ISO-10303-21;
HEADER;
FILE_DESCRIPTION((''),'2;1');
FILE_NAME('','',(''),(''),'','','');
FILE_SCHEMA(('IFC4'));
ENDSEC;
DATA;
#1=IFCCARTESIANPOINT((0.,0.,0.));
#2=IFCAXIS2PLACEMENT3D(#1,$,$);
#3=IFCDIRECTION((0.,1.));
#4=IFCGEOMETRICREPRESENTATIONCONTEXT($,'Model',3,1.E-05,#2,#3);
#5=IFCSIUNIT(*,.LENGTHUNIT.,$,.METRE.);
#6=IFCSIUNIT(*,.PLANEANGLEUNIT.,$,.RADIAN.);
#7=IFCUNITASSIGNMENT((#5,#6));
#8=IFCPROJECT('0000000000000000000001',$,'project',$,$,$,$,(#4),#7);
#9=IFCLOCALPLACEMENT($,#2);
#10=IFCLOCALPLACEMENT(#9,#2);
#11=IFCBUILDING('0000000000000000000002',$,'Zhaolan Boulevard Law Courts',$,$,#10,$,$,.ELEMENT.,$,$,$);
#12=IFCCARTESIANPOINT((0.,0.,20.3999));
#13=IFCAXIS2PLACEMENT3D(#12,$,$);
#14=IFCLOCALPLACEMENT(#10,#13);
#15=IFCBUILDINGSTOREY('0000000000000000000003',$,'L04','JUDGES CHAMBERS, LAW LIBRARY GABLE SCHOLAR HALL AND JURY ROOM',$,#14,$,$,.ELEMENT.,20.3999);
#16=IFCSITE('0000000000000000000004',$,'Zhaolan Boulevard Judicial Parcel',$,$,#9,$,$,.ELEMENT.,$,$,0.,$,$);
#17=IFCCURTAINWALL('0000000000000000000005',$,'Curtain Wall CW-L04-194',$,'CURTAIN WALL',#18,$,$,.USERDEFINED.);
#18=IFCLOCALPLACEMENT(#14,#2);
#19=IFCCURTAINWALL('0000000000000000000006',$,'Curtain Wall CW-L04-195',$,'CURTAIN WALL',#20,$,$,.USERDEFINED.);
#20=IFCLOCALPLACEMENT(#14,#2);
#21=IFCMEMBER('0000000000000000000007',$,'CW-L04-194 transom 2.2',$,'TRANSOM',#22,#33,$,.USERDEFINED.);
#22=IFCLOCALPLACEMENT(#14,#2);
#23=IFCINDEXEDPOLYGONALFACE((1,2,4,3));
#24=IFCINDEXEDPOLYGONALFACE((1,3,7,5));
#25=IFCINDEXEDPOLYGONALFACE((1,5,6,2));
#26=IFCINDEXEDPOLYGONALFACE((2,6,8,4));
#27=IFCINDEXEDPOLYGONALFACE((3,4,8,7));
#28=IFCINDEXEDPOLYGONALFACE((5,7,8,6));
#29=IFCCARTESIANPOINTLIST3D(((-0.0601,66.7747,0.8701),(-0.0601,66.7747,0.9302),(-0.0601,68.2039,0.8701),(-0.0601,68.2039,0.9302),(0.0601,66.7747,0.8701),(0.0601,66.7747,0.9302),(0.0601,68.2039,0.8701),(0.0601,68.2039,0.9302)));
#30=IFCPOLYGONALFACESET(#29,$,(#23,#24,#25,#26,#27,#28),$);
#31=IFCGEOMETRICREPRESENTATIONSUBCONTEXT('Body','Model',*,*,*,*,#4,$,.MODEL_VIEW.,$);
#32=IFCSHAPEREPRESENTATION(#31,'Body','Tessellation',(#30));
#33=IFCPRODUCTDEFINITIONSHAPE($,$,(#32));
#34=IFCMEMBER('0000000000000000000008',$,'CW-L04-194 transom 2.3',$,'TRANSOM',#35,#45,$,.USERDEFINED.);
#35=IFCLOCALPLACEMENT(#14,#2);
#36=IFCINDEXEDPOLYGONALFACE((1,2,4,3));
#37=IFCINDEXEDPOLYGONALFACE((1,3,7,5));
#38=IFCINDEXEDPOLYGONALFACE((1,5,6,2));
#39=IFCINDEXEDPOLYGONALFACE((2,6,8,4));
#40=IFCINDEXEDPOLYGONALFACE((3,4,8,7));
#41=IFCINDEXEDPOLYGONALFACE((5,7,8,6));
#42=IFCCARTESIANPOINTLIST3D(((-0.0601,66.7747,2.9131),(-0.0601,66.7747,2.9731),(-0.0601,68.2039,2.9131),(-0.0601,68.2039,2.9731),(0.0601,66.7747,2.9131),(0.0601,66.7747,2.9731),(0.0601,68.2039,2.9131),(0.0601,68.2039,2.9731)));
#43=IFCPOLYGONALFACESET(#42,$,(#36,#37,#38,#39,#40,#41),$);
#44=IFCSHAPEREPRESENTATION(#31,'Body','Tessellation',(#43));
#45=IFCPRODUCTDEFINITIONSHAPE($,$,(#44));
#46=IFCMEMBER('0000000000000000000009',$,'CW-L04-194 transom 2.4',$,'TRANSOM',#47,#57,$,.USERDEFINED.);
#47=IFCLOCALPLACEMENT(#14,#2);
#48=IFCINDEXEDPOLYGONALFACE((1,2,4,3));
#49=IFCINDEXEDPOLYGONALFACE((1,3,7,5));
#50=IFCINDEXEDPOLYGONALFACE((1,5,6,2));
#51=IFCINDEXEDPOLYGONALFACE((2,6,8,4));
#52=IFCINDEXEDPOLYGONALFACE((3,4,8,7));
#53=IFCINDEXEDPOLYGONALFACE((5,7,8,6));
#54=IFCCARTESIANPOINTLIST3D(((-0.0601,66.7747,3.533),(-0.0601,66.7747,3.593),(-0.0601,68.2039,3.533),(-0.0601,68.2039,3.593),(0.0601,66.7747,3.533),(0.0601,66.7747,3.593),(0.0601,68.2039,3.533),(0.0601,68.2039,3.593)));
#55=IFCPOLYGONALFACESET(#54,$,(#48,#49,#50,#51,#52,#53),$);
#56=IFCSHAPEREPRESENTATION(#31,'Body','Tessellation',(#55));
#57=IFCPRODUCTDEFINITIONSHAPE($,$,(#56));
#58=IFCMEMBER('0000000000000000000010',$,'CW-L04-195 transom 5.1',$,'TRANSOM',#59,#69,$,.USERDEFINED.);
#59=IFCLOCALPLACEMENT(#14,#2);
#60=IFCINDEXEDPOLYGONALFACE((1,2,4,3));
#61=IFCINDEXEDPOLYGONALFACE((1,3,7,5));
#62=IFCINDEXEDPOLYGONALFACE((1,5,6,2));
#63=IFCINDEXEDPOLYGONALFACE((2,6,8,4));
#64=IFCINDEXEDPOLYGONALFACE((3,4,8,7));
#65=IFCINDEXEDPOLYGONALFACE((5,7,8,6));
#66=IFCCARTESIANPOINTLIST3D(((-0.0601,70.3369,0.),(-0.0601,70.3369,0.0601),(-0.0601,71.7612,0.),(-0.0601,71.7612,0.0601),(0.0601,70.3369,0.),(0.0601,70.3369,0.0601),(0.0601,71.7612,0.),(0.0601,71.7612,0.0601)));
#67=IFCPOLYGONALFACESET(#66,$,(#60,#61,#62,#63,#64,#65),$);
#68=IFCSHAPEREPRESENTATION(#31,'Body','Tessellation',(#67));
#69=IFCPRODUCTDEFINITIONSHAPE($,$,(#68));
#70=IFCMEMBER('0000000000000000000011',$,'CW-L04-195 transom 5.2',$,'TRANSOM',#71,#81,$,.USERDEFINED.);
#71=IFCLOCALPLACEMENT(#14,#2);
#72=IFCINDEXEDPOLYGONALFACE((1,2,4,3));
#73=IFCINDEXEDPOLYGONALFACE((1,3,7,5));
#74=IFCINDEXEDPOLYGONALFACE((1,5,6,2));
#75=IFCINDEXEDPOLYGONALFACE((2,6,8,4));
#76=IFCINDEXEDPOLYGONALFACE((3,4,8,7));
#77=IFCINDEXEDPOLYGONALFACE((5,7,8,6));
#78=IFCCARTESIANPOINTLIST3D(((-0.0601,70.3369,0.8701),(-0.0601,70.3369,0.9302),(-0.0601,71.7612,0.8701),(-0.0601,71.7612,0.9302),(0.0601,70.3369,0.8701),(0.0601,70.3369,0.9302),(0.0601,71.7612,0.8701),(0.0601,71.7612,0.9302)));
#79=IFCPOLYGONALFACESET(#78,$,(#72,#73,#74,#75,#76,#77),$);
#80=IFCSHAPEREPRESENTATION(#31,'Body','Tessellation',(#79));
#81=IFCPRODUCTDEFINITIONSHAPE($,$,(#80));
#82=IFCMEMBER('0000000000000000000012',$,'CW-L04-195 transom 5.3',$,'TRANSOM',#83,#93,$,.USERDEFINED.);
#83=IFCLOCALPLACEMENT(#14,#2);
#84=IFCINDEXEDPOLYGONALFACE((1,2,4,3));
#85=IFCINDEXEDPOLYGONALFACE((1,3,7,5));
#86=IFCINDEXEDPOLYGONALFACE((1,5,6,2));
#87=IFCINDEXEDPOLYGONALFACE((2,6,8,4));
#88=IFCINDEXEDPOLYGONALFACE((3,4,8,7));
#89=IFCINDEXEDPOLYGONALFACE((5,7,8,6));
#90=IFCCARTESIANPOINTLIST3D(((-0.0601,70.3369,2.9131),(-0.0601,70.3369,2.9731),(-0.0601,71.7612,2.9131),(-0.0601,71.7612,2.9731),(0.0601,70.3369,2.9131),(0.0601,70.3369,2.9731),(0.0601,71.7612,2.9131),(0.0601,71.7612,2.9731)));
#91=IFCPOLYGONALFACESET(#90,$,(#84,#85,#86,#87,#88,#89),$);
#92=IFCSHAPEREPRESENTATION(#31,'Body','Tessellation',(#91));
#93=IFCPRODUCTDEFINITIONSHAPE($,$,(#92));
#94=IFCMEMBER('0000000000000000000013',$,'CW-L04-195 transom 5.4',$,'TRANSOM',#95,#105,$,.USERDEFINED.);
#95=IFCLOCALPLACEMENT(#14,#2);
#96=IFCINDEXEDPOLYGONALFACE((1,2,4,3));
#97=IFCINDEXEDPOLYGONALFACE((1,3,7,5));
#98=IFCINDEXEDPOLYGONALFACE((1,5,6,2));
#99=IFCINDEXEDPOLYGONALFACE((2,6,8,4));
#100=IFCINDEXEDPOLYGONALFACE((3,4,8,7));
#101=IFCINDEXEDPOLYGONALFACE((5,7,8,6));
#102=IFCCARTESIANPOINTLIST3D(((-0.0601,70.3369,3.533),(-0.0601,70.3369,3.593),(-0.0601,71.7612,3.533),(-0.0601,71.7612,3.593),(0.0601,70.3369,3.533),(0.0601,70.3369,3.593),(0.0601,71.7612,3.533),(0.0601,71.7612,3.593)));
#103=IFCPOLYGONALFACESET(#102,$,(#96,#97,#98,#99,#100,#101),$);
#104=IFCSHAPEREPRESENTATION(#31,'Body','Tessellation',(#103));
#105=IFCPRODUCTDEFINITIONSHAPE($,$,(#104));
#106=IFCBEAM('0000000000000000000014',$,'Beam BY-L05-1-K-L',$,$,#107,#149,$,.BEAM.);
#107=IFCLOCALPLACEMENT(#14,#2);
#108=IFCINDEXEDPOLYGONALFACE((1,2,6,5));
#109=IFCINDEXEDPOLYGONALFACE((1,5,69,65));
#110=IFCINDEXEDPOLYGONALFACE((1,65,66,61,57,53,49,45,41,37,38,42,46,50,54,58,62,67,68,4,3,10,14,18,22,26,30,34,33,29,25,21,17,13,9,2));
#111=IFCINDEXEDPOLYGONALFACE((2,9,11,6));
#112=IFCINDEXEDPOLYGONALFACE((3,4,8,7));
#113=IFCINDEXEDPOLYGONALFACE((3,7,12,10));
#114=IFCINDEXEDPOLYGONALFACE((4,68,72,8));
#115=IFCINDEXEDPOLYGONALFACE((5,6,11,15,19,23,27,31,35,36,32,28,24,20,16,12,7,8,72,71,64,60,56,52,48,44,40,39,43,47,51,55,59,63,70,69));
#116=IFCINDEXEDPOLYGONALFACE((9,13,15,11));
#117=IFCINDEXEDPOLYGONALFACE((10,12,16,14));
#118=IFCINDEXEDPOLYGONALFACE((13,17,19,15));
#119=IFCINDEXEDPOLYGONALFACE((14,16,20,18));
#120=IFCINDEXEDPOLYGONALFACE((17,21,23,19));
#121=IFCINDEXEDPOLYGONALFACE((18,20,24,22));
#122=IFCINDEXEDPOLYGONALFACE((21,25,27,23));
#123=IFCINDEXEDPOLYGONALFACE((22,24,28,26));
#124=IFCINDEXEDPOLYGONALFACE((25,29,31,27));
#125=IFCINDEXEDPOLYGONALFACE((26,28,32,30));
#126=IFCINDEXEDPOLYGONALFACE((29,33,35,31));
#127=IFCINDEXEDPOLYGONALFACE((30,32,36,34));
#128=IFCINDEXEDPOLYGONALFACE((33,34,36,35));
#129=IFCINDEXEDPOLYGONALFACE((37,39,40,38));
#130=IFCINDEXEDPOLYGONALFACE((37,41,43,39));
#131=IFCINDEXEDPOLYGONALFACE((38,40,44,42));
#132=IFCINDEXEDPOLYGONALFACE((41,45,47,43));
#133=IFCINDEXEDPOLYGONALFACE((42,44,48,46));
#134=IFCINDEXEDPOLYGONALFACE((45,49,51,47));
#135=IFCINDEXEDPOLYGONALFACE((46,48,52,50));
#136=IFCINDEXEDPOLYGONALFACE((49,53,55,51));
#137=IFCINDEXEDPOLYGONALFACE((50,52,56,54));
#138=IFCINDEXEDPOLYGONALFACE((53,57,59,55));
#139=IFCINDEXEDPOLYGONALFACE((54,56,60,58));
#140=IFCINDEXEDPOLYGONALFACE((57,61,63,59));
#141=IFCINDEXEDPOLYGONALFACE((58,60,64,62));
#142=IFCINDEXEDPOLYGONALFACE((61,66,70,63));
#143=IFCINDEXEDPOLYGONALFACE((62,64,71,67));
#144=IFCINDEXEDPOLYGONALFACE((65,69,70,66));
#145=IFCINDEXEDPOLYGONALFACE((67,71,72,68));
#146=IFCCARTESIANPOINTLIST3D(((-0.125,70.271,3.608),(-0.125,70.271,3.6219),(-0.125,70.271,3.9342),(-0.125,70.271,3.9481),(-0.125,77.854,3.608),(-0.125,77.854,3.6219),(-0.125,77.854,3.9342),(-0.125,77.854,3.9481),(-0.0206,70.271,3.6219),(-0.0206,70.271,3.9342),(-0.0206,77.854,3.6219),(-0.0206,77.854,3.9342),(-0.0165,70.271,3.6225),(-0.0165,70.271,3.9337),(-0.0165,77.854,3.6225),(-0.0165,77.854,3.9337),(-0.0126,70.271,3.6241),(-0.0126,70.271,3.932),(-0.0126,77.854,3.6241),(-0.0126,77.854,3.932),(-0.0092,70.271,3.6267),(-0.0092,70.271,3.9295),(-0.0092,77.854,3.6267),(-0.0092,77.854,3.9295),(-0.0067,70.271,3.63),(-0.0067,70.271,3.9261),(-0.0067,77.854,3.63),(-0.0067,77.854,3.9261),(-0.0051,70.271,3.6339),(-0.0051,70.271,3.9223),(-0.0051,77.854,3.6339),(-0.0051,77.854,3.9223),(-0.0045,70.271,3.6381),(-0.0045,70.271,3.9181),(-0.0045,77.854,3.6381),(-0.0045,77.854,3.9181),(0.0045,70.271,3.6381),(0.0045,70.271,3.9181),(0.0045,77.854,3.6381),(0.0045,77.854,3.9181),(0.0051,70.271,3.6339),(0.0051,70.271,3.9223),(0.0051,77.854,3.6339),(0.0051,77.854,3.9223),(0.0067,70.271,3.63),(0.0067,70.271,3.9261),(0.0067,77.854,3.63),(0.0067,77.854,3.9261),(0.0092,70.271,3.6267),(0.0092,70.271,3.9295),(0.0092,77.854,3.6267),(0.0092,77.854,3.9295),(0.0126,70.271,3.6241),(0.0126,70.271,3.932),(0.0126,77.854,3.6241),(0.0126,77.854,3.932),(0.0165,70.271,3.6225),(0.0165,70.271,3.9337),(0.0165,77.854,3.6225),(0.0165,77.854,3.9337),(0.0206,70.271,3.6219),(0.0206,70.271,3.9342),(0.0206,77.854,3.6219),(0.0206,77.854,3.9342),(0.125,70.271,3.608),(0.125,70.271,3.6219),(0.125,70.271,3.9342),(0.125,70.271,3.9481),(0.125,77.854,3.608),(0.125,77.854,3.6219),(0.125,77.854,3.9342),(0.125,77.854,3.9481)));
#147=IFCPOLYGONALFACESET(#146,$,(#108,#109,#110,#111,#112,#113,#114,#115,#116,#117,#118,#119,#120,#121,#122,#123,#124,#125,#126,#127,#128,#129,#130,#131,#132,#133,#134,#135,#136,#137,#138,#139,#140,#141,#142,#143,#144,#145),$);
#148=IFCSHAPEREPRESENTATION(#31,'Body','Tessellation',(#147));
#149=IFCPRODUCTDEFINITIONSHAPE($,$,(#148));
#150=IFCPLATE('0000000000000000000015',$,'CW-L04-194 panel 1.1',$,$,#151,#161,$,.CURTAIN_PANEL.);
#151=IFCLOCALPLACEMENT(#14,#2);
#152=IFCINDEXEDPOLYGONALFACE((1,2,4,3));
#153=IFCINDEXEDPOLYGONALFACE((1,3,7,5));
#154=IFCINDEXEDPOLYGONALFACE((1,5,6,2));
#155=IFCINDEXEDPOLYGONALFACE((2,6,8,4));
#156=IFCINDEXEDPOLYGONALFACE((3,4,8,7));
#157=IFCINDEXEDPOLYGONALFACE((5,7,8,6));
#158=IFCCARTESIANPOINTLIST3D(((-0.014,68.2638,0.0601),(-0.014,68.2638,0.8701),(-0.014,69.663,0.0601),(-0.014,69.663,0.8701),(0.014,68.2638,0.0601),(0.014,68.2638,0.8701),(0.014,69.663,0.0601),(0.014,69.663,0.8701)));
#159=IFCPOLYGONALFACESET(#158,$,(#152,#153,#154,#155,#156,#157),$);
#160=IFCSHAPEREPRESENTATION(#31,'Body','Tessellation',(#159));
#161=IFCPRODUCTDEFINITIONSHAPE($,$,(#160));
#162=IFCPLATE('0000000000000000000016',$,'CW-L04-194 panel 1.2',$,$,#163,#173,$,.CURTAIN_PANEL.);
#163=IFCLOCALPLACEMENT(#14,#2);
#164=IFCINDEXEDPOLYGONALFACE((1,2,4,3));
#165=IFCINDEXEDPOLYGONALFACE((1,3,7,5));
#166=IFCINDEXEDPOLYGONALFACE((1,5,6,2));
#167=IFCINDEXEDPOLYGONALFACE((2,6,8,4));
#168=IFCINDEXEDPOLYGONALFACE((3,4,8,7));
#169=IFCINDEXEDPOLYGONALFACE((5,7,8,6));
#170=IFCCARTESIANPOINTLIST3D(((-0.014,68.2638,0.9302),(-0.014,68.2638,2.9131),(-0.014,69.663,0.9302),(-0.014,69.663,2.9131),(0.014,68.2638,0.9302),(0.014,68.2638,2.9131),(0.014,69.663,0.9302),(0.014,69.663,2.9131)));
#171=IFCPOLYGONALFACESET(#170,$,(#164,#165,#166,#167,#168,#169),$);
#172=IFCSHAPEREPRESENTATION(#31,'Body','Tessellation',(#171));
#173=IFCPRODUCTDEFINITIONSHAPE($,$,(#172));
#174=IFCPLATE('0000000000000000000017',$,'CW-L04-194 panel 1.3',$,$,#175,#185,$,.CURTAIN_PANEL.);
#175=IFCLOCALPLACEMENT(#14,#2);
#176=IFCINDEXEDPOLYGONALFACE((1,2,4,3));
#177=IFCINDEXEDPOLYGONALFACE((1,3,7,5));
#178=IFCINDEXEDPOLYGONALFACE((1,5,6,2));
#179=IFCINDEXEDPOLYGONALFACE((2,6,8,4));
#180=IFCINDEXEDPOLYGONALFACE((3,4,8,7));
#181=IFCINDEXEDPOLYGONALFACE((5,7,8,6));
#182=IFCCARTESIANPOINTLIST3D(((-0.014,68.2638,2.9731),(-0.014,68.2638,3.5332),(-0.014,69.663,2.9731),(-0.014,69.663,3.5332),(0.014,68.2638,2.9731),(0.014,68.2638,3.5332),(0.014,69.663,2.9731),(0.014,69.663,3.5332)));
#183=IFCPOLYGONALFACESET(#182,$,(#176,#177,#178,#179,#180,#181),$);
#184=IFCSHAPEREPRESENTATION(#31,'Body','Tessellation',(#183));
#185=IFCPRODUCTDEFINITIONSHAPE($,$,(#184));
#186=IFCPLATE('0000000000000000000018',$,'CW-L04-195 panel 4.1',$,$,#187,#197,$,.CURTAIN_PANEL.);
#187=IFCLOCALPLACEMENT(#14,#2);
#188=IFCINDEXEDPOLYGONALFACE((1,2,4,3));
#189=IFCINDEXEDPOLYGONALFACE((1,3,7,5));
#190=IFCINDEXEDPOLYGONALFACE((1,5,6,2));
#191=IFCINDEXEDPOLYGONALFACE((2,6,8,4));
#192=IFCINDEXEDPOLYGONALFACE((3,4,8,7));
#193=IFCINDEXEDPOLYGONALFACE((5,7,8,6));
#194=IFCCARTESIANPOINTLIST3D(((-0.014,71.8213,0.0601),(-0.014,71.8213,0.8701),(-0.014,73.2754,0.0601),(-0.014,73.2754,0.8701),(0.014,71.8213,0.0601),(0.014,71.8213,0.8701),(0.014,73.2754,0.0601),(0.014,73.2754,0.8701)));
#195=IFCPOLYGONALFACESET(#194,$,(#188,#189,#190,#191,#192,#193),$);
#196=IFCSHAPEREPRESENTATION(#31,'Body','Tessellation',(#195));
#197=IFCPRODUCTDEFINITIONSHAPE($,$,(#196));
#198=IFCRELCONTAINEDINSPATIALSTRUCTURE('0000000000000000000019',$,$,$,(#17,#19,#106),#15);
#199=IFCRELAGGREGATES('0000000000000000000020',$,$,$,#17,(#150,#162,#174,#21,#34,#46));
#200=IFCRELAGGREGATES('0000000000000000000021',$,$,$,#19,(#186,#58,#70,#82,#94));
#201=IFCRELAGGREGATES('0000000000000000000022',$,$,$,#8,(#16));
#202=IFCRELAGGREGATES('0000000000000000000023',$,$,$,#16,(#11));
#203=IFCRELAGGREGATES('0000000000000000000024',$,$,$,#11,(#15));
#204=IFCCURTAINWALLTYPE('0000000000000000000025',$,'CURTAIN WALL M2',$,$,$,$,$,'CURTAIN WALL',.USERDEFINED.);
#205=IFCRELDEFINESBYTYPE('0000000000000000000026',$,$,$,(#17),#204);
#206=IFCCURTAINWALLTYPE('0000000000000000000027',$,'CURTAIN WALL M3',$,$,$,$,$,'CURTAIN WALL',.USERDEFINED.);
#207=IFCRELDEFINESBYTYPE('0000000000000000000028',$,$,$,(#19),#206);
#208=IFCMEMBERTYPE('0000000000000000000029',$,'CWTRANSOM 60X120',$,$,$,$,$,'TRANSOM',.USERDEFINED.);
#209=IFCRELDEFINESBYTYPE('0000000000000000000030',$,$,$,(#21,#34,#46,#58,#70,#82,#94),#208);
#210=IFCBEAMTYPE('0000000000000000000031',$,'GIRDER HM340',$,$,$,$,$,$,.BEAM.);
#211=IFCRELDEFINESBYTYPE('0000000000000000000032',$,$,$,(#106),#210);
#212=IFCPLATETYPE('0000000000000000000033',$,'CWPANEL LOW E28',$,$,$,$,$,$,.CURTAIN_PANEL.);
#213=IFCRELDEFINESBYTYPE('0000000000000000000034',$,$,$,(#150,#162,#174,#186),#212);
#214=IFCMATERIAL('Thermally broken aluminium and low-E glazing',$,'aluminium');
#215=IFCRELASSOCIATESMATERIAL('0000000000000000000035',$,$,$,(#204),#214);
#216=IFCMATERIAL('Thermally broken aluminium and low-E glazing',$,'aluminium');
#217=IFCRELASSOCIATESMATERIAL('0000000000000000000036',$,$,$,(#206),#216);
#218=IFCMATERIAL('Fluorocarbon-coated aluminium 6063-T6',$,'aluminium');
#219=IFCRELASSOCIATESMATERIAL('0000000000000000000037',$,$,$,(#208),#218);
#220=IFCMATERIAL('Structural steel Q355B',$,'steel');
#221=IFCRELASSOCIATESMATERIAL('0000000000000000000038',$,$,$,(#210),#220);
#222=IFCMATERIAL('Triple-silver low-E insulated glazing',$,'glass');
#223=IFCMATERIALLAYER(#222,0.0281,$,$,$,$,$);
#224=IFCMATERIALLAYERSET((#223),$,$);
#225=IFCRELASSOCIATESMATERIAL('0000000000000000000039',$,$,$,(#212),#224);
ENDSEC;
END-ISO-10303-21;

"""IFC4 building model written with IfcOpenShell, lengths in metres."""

from ifc_helpers import new_model, si_unit, direction, frame, origin, origin_2d, place, context, subcontext, project, spatial, rectangle, i_section, extrude, material, layer, layer_set, material_profile, profile_set, type_object, element, aggregate, save


model = new_model("IFC4")

# Units and contexts
model_context = context("Model", 3, precision=1e-05, world=origin(), true_north=direction((0.0, 1.0)))
body_context = subcontext(model_context, "Body", "Model", "MODEL_VIEW")
ifc_project = project(units=[si_unit("LENGTHUNIT", "METRE"), si_unit("PLANEANGLEUNIT", "RADIAN")], contexts=[model_context])

# Site, building, storey
site_placement = place(None, origin())
site = spatial("IfcSite", under=ifc_project, at=site_placement, Name="Zhaolan Boulevard Judicial Parcel", CompositionType="ELEMENT", RefElevation=0.0)
building_placement = place(site_placement, origin())
building = spatial("IfcBuilding", under=site, at=building_placement, Name="Zhaolan Boulevard Law Courts", CompositionType="ELEMENT")
storey_placement = place(building_placement, frame((0.0, 0.0, 20.3999)))
storey = spatial("IfcBuildingStorey", under=building, at=storey_placement, Name="L04", Description="JUDGES CHAMBERS, LAW LIBRARY GABLE SCHOLAR HALL AND JURY ROOM", CompositionType="ELEMENT", Elevation=20.3999)

# Curtain walls
ifc_material_1 = material(Name="Thermally broken aluminium and low-E glazing", Category="aluminium")
curtain_wall_type_1 = type_object("IfcCurtainWallType", Name="CURTAIN WALL M2", ElementType="CURTAIN WALL", PredefinedType="USERDEFINED", material=ifc_material_1)
curtain_wall_1_placement = place(storey_placement, origin())
curtain_wall_1 = element("IfcCurtainWall", 1, at=curtain_wall_1_placement, inside=storey, type_object=curtain_wall_type_1, Name="Curtain Wall CW-L04-194", ObjectType="CURTAIN WALL", PredefinedType="USERDEFINED")
ifc_material_2 = material(Name="Thermally broken aluminium and low-E glazing", Category="aluminium")
curtain_wall_type_2 = type_object("IfcCurtainWallType", Name="CURTAIN WALL M3", ElementType="CURTAIN WALL", PredefinedType="USERDEFINED", material=ifc_material_2)
curtain_wall_2_placement = place(storey_placement, origin())
curtain_wall_2 = element("IfcCurtainWall", 2, at=curtain_wall_2_placement, inside=storey, type_object=curtain_wall_type_2, Name="Curtain Wall CW-L04-195", ObjectType="CURTAIN WALL", PredefinedType="USERDEFINED")

# Members
ifc_material_3 = material(Name="Fluorocarbon-coated aluminium 6063-T6", Category="aluminium")
ifc_material_profile_1 = material_profile(ifc_material_3, rectangle(XDim=0.1201, YDim=0.0601, at=origin_2d()), Name="AL60x120")
ifc_profile_set_1 = profile_set([ifc_material_profile_1], Name="Fluorocarbon-coated aluminium 6063-T6")
member_type_1 = type_object("IfcMemberType", Name="CWTRANSOM 60X120", ElementType="TRANSOM", PredefinedType="USERDEFINED", material=ifc_profile_set_1)
member_1_placement = place(storey_placement, frame((0.0, 68.2039, 0.9001), z_axis=(0.0, -1.0, 0.0), x_axis=(1.0, 0.0, 0.0)))
member_1 = element("IfcMember", 3, at=member_1_placement, type_object=member_type_1, Name="CW-L04-194 transom 2.2", ObjectType="TRANSOM", PredefinedType="USERDEFINED", context=body_context, shape_type="SweptSolid", body=[
    extrude(rectangle(XDim=0.1201, YDim=0.0601, at=origin_2d()), origin(), (0.0, 0.0, 1.0), 1.4292),
])
member_2_placement = place(storey_placement, frame((0.0, 68.2039, 2.9431), z_axis=(0.0, -1.0, 0.0), x_axis=(1.0, 0.0, 0.0)))
member_2 = element("IfcMember", 4, at=member_2_placement, type_object=member_type_1, Name="CW-L04-194 transom 2.3", ObjectType="TRANSOM", PredefinedType="USERDEFINED", context=body_context, shape_type="SweptSolid", body=[
    extrude(rectangle(XDim=0.1201, YDim=0.0601, at=origin_2d()), origin(), (0.0, 0.0, 1.0), 1.4292),
])
member_3_placement = place(storey_placement, frame((0.0, 68.2039, 3.563), z_axis=(0.0, -1.0, 0.0), x_axis=(1.0, 0.0, 0.0)))
member_3 = element("IfcMember", 5, at=member_3_placement, type_object=member_type_1, Name="CW-L04-194 transom 2.4", ObjectType="TRANSOM", PredefinedType="USERDEFINED", context=body_context, shape_type="SweptSolid", body=[
    extrude(rectangle(XDim=0.1201, YDim=0.0601, at=origin_2d()), origin(), (0.0, 0.0, 1.0), 1.4292),
])
member_4_placement = place(storey_placement, frame((0.0, 71.7612, 0.03), z_axis=(0.0, -1.0, 0.0), x_axis=(1.0, 0.0, 0.0)))
member_4 = element("IfcMember", 6, at=member_4_placement, type_object=member_type_1, Name="CW-L04-195 transom 5.1", ObjectType="TRANSOM", PredefinedType="USERDEFINED", context=body_context, shape_type="SweptSolid", body=[
    extrude(rectangle(XDim=0.1201, YDim=0.0601, at=origin_2d()), origin(), (0.0, 0.0, 1.0), 1.4243),
])
member_5_placement = place(storey_placement, frame((0.0, 71.7612, 0.9001), z_axis=(0.0, -1.0, 0.0), x_axis=(1.0, 0.0, 0.0)))
member_5 = element("IfcMember", 7, at=member_5_placement, type_object=member_type_1, Name="CW-L04-195 transom 5.2", ObjectType="TRANSOM", PredefinedType="USERDEFINED", context=body_context, shape_type="SweptSolid", body=[
    extrude(rectangle(XDim=0.1201, YDim=0.0601, at=origin_2d()), origin(), (0.0, 0.0, 1.0), 1.4243),
])
member_6_placement = place(storey_placement, frame((0.0, 71.7612, 2.9431), z_axis=(0.0, -1.0, 0.0), x_axis=(1.0, 0.0, 0.0)))
member_6 = element("IfcMember", 8, at=member_6_placement, type_object=member_type_1, Name="CW-L04-195 transom 5.3", ObjectType="TRANSOM", PredefinedType="USERDEFINED", context=body_context, shape_type="SweptSolid", body=[
    extrude(rectangle(XDim=0.1201, YDim=0.0601, at=origin_2d()), origin(), (0.0, 0.0, 1.0), 1.4243),
])
member_7_placement = place(storey_placement, frame((0.0, 71.7612, 3.563), z_axis=(0.0, -1.0, 0.0), x_axis=(1.0, 0.0, 0.0)))
member_7 = element("IfcMember", 9, at=member_7_placement, type_object=member_type_1, Name="CW-L04-195 transom 5.4", ObjectType="TRANSOM", PredefinedType="USERDEFINED", context=body_context, shape_type="SweptSolid", body=[
    extrude(rectangle(XDim=0.1201, YDim=0.0601, at=origin_2d()), origin(), (0.0, 0.0, 1.0), 1.4243),
])

# Beam
ifc_material_4 = material(Name="Structural steel Q355B", Category="steel")
ifc_material_profile_2 = material_profile(ifc_material_4, i_section(OverallWidth=0.25, OverallDepth=0.3401, WebThickness=0.009, FlangeThickness=0.0139, FilletRadius=0.0161, at=origin_2d()), Name="HM340x250")
ifc_profile_set_2 = profile_set([ifc_material_profile_2], Name="Structural steel Q355B")
beam_type = type_object("IfcBeamType", Name="GIRDER HM340", PredefinedType="BEAM", material=ifc_profile_set_2)
beam_placement = place(storey_placement, frame((0.0, 70.271, 3.7781), z_axis=(0.0, 1.0, 0.0), x_axis=(-1.0, 0.0, 0.0)))
element("IfcBeam", 10, at=beam_placement, inside=storey, type_object=beam_type, Name="Beam BY-L05-1-K-L", PredefinedType="BEAM", context=body_context, shape_type="SweptSolid", body=[
    extrude(i_section(OverallWidth=0.25, OverallDepth=0.3401, WebThickness=0.009, FlangeThickness=0.0139, FilletRadius=0.0161, at=origin_2d()), origin(), (0.0, 0.0, 1.0), 7.583),
])

# Plates
ifc_material_5 = material(Name="Triple-silver low-E insulated glazing", Category="glass")
ifc_layer_1 = layer(ifc_material_5, 0.0281)
ifc_layer_set_1 = layer_set([ifc_layer_1])
plate_type_1 = type_object("IfcPlateType", Name="CWPANEL LOW E28", PredefinedType="CURTAIN_PANEL", material=ifc_layer_set_1)
plate_1_placement = place(storey_placement, frame((0.0, 68.9634, 0.0601), z_axis=(0.0, 0.0, 1.0), x_axis=(0.0, -1.0, 0.0)))
plate_1 = element("IfcPlate", 11, at=plate_1_placement, type_object=plate_type_1, Name="CW-L04-194 panel 1.1", PredefinedType="CURTAIN_PANEL", context=body_context, shape_type="SweptSolid", body=[
    extrude(rectangle(XDim=1.3992, YDim=0.0281, at=origin_2d()), origin(), (0.0, 0.0, 1.0), 0.8101),
])
plate_2_placement = place(storey_placement, frame((0.0, 68.9634, 0.9302), z_axis=(0.0, 0.0, 1.0), x_axis=(0.0, -1.0, 0.0)))
plate_2 = element("IfcPlate", 12, at=plate_2_placement, type_object=plate_type_1, Name="CW-L04-194 panel 1.2", PredefinedType="CURTAIN_PANEL", context=body_context, shape_type="SweptSolid", body=[
    extrude(rectangle(XDim=1.3992, YDim=0.0281, at=origin_2d()), origin(), (0.0, 0.0, 1.0), 1.9829),
])
plate_3_placement = place(storey_placement, frame((0.0, 68.9634, 2.9731), z_axis=(0.0, 0.0, 1.0), x_axis=(0.0, -1.0, 0.0)))
plate_3 = element("IfcPlate", 13, at=plate_3_placement, type_object=plate_type_1, Name="CW-L04-194 panel 1.3", PredefinedType="CURTAIN_PANEL", context=body_context, shape_type="SweptSolid", body=[
    extrude(rectangle(XDim=1.3992, YDim=0.0281, at=origin_2d()), origin(), (0.0, 0.0, 1.0), 0.5601),
])
aggregate(curtain_wall_1, [plate_1, plate_2, plate_3, member_1, member_2, member_3])
plate_4_placement = place(storey_placement, frame((0.0, 72.5483, 0.0601), z_axis=(0.0, 0.0, 1.0), x_axis=(0.0, -1.0, 0.0)))
plate_4 = element("IfcPlate", 14, at=plate_4_placement, type_object=plate_type_1, Name="CW-L04-195 panel 4.1", PredefinedType="CURTAIN_PANEL", context=body_context, shape_type="SweptSolid", body=[
    extrude(rectangle(XDim=1.4541, YDim=0.0281, at=origin_2d()), origin(), (0.0, 0.0, 1.0), 0.8101),
])
aggregate(curtain_wall_2, [plate_4, member_4, member_5, member_6, member_7])

save(model, "model.ifc")
